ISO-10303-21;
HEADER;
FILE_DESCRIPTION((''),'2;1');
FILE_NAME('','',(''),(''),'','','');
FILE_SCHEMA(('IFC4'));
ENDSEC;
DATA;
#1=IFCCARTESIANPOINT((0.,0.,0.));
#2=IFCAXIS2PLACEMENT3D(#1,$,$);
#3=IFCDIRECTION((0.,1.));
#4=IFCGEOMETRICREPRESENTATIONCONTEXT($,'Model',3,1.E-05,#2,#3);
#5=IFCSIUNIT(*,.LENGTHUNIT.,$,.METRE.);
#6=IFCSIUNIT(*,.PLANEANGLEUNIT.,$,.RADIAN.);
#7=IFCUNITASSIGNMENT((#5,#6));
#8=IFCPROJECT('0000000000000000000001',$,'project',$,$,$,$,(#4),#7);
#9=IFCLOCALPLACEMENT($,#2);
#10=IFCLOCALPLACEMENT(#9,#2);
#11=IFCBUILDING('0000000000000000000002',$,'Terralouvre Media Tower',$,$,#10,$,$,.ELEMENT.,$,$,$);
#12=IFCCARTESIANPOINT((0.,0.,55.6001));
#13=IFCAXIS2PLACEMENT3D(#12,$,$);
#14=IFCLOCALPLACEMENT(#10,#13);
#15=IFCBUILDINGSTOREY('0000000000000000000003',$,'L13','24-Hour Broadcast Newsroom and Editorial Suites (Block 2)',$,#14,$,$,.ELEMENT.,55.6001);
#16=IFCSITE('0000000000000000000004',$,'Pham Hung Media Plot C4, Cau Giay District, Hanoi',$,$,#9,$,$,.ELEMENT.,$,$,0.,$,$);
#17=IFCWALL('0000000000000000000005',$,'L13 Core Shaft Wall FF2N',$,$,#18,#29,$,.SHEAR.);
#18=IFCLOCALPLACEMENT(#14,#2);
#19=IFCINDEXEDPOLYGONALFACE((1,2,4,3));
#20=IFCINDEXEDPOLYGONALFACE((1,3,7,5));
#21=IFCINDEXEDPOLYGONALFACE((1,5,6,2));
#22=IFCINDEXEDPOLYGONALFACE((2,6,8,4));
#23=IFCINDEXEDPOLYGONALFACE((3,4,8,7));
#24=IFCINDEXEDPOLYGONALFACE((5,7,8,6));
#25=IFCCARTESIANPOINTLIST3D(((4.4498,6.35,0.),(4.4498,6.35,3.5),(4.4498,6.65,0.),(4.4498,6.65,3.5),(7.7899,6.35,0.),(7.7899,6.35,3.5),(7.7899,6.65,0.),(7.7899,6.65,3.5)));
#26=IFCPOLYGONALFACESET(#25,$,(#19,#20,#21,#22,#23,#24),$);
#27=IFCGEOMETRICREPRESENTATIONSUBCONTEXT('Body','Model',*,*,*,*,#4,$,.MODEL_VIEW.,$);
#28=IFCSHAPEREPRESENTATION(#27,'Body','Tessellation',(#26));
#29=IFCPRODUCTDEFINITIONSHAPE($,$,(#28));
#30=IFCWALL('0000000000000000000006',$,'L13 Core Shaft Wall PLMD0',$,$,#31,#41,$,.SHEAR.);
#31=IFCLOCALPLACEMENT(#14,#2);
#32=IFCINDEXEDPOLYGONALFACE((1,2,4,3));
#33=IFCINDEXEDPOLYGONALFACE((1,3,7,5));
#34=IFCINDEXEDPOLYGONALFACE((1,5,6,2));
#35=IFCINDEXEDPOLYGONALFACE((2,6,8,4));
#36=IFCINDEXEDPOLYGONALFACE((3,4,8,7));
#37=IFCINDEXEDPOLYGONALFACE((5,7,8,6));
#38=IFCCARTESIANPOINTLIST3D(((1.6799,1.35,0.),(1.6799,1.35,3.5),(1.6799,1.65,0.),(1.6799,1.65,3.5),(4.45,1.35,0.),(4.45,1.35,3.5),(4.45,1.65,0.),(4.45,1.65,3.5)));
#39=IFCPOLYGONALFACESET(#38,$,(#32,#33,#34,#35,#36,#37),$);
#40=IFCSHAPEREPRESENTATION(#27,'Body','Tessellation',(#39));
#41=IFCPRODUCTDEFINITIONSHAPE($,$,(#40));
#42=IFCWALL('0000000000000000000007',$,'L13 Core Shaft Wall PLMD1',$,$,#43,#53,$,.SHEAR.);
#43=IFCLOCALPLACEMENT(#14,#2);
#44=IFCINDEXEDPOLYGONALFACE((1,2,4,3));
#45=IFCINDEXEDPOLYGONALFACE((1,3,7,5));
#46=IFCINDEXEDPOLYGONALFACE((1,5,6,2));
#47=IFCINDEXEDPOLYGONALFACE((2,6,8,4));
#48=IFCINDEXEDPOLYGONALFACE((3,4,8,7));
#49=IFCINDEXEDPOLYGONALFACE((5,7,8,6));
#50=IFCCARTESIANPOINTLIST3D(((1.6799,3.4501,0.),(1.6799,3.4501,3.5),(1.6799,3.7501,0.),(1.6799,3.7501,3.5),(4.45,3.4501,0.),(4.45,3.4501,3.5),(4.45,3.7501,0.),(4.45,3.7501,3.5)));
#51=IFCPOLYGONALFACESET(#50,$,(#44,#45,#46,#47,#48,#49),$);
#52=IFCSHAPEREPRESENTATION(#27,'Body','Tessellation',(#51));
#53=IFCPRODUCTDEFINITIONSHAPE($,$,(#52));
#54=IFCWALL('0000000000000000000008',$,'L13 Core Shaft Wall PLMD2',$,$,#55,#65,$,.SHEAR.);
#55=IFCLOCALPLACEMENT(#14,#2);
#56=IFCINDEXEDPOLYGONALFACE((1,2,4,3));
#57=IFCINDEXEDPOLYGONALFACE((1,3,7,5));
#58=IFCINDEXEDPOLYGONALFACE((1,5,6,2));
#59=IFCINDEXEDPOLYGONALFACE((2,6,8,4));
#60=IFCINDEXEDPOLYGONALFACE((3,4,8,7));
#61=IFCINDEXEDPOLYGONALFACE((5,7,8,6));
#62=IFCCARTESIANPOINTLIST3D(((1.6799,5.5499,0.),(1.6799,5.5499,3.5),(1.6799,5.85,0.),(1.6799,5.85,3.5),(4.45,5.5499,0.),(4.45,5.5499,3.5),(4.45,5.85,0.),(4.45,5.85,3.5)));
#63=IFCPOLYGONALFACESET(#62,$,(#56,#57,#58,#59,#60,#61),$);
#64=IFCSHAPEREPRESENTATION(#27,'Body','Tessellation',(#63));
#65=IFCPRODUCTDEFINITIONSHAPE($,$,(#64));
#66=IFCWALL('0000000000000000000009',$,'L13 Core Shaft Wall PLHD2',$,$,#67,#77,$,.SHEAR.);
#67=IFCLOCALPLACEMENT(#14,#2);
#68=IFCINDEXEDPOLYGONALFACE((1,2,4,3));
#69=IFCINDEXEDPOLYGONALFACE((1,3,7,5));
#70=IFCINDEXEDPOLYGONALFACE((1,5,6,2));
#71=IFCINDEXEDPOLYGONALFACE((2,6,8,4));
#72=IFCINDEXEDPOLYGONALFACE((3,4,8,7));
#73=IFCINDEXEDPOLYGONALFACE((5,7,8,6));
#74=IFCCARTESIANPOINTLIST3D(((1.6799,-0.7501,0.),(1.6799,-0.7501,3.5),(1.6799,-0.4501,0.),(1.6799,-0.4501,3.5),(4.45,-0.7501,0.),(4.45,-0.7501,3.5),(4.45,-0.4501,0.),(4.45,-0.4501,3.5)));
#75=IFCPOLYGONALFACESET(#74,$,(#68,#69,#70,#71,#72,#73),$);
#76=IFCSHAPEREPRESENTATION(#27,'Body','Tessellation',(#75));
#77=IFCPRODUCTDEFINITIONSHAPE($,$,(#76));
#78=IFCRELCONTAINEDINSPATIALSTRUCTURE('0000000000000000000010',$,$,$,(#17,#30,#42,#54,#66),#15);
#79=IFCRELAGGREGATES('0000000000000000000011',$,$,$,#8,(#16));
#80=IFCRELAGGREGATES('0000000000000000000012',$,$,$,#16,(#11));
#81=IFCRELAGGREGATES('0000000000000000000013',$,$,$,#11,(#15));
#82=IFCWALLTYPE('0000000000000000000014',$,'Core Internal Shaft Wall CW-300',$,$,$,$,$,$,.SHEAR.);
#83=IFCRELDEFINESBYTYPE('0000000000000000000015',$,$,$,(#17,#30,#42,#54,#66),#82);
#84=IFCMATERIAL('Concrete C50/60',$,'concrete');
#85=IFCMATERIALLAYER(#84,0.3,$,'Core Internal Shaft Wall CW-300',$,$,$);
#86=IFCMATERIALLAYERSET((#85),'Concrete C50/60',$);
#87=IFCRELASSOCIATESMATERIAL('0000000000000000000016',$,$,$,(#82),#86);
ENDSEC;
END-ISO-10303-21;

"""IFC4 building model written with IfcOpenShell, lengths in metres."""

from ifc_helpers import new_model, si_unit, direction, frame, frame_2d, origin, place, context, subcontext, project, spatial, rectangle, extrude, material, layer, layer_set, type_object, element, save


model = new_model("IFC4")

# Units and contexts
model_context = context("Model", 3, precision=1e-05, world=origin(), true_north=direction((0.0, 1.0)))
body_context = subcontext(model_context, "Body", "Model", "MODEL_VIEW")
ifc_project = project(units=[si_unit("LENGTHUNIT", "METRE"), si_unit("PLANEANGLEUNIT", "RADIAN")], contexts=[model_context])

# Site, building, storey
site_placement = place(None, origin())
site = spatial("IfcSite", under=ifc_project, at=site_placement, Name="Pham Hung Media Plot C4, Cau Giay District, Hanoi", CompositionType="ELEMENT", RefElevation=0.0)
building_placement = place(site_placement, origin())
building = spatial("IfcBuilding", under=site, at=building_placement, Name="Terralouvre Media Tower", CompositionType="ELEMENT")
storey_placement = place(building_placement, frame((0.0, 0.0, 55.6001)))
storey = spatial("IfcBuildingStorey", under=building, at=storey_placement, Name="L13", Description="24-Hour Broadcast Newsroom and Editorial Suites (Block 2)", CompositionType="ELEMENT", Elevation=55.6001)

# Shared definitions
ifc_material_1 = material(Name="Concrete C50/60", Category="concrete")
ifc_layer_1 = layer(ifc_material_1, 0.3, Name="Core Internal Shaft Wall CW-300")
ifc_layer_set_1 = layer_set([ifc_layer_1], Name="Concrete C50/60")
wall_type = type_object("IfcWallType", Name="Core Internal Shaft Wall CW-300", PredefinedType="SHEAR", material=ifc_layer_set_1)

# Walls
wall_1_placement = place(storey_placement, frame((4.45, 6.5, 0.0), z_axis=(0.0, 0.0, 1.0), x_axis=(1.0, 0.0, 0.0)))
element("IfcWall", 1, at=wall_1_placement, inside=storey, type_object=wall_type, Name="L13 Core Shaft Wall FF2N", PredefinedType="SHEAR", context=body_context, shape_type="SweptSolid", body=[
    extrude(rectangle(XDim=3.3401, YDim=0.3, at=frame_2d((1.6699, 0.0))), origin(), (0.0, 0.0, 1.0), 3.5),
])
for number, where, z_axis, x_axis, name in (
    (2, (1.6799, 1.5, 0.0), (0.0, 0.0, 1.0), (1.0, 0.0, 0.0), "L13 Core Shaft Wall PLMD0"),
    (3, (1.6799, 3.6001, 0.0), (0.0, 0.0, 1.0), (1.0, 0.0, 0.0), "L13 Core Shaft Wall PLMD1"),
    (4, (1.6799, 5.7, 0.0), (0.0, 0.0, 1.0), (1.0, 0.0, 0.0), "L13 Core Shaft Wall PLMD2"),
    (5, (1.6799, -0.6001, 0.0), (0.0, 0.0, 1.0), (1.0, 0.0, 0.0), "L13 Core Shaft Wall PLHD2"),
):
    element("IfcWall", number, at=place(storey_placement, frame(where, z_axis=z_axis, x_axis=x_axis)), inside=storey, type_object=wall_type, Name=name, PredefinedType="SHEAR", context=body_context, shape_type="SweptSolid", body=[
        extrude(rectangle(XDim=2.77, YDim=0.3, at=frame_2d((1.385, 0.0))), origin(), (0.0, 0.0, 1.0), 3.5),
    ])

save(model, "model.ifc")
